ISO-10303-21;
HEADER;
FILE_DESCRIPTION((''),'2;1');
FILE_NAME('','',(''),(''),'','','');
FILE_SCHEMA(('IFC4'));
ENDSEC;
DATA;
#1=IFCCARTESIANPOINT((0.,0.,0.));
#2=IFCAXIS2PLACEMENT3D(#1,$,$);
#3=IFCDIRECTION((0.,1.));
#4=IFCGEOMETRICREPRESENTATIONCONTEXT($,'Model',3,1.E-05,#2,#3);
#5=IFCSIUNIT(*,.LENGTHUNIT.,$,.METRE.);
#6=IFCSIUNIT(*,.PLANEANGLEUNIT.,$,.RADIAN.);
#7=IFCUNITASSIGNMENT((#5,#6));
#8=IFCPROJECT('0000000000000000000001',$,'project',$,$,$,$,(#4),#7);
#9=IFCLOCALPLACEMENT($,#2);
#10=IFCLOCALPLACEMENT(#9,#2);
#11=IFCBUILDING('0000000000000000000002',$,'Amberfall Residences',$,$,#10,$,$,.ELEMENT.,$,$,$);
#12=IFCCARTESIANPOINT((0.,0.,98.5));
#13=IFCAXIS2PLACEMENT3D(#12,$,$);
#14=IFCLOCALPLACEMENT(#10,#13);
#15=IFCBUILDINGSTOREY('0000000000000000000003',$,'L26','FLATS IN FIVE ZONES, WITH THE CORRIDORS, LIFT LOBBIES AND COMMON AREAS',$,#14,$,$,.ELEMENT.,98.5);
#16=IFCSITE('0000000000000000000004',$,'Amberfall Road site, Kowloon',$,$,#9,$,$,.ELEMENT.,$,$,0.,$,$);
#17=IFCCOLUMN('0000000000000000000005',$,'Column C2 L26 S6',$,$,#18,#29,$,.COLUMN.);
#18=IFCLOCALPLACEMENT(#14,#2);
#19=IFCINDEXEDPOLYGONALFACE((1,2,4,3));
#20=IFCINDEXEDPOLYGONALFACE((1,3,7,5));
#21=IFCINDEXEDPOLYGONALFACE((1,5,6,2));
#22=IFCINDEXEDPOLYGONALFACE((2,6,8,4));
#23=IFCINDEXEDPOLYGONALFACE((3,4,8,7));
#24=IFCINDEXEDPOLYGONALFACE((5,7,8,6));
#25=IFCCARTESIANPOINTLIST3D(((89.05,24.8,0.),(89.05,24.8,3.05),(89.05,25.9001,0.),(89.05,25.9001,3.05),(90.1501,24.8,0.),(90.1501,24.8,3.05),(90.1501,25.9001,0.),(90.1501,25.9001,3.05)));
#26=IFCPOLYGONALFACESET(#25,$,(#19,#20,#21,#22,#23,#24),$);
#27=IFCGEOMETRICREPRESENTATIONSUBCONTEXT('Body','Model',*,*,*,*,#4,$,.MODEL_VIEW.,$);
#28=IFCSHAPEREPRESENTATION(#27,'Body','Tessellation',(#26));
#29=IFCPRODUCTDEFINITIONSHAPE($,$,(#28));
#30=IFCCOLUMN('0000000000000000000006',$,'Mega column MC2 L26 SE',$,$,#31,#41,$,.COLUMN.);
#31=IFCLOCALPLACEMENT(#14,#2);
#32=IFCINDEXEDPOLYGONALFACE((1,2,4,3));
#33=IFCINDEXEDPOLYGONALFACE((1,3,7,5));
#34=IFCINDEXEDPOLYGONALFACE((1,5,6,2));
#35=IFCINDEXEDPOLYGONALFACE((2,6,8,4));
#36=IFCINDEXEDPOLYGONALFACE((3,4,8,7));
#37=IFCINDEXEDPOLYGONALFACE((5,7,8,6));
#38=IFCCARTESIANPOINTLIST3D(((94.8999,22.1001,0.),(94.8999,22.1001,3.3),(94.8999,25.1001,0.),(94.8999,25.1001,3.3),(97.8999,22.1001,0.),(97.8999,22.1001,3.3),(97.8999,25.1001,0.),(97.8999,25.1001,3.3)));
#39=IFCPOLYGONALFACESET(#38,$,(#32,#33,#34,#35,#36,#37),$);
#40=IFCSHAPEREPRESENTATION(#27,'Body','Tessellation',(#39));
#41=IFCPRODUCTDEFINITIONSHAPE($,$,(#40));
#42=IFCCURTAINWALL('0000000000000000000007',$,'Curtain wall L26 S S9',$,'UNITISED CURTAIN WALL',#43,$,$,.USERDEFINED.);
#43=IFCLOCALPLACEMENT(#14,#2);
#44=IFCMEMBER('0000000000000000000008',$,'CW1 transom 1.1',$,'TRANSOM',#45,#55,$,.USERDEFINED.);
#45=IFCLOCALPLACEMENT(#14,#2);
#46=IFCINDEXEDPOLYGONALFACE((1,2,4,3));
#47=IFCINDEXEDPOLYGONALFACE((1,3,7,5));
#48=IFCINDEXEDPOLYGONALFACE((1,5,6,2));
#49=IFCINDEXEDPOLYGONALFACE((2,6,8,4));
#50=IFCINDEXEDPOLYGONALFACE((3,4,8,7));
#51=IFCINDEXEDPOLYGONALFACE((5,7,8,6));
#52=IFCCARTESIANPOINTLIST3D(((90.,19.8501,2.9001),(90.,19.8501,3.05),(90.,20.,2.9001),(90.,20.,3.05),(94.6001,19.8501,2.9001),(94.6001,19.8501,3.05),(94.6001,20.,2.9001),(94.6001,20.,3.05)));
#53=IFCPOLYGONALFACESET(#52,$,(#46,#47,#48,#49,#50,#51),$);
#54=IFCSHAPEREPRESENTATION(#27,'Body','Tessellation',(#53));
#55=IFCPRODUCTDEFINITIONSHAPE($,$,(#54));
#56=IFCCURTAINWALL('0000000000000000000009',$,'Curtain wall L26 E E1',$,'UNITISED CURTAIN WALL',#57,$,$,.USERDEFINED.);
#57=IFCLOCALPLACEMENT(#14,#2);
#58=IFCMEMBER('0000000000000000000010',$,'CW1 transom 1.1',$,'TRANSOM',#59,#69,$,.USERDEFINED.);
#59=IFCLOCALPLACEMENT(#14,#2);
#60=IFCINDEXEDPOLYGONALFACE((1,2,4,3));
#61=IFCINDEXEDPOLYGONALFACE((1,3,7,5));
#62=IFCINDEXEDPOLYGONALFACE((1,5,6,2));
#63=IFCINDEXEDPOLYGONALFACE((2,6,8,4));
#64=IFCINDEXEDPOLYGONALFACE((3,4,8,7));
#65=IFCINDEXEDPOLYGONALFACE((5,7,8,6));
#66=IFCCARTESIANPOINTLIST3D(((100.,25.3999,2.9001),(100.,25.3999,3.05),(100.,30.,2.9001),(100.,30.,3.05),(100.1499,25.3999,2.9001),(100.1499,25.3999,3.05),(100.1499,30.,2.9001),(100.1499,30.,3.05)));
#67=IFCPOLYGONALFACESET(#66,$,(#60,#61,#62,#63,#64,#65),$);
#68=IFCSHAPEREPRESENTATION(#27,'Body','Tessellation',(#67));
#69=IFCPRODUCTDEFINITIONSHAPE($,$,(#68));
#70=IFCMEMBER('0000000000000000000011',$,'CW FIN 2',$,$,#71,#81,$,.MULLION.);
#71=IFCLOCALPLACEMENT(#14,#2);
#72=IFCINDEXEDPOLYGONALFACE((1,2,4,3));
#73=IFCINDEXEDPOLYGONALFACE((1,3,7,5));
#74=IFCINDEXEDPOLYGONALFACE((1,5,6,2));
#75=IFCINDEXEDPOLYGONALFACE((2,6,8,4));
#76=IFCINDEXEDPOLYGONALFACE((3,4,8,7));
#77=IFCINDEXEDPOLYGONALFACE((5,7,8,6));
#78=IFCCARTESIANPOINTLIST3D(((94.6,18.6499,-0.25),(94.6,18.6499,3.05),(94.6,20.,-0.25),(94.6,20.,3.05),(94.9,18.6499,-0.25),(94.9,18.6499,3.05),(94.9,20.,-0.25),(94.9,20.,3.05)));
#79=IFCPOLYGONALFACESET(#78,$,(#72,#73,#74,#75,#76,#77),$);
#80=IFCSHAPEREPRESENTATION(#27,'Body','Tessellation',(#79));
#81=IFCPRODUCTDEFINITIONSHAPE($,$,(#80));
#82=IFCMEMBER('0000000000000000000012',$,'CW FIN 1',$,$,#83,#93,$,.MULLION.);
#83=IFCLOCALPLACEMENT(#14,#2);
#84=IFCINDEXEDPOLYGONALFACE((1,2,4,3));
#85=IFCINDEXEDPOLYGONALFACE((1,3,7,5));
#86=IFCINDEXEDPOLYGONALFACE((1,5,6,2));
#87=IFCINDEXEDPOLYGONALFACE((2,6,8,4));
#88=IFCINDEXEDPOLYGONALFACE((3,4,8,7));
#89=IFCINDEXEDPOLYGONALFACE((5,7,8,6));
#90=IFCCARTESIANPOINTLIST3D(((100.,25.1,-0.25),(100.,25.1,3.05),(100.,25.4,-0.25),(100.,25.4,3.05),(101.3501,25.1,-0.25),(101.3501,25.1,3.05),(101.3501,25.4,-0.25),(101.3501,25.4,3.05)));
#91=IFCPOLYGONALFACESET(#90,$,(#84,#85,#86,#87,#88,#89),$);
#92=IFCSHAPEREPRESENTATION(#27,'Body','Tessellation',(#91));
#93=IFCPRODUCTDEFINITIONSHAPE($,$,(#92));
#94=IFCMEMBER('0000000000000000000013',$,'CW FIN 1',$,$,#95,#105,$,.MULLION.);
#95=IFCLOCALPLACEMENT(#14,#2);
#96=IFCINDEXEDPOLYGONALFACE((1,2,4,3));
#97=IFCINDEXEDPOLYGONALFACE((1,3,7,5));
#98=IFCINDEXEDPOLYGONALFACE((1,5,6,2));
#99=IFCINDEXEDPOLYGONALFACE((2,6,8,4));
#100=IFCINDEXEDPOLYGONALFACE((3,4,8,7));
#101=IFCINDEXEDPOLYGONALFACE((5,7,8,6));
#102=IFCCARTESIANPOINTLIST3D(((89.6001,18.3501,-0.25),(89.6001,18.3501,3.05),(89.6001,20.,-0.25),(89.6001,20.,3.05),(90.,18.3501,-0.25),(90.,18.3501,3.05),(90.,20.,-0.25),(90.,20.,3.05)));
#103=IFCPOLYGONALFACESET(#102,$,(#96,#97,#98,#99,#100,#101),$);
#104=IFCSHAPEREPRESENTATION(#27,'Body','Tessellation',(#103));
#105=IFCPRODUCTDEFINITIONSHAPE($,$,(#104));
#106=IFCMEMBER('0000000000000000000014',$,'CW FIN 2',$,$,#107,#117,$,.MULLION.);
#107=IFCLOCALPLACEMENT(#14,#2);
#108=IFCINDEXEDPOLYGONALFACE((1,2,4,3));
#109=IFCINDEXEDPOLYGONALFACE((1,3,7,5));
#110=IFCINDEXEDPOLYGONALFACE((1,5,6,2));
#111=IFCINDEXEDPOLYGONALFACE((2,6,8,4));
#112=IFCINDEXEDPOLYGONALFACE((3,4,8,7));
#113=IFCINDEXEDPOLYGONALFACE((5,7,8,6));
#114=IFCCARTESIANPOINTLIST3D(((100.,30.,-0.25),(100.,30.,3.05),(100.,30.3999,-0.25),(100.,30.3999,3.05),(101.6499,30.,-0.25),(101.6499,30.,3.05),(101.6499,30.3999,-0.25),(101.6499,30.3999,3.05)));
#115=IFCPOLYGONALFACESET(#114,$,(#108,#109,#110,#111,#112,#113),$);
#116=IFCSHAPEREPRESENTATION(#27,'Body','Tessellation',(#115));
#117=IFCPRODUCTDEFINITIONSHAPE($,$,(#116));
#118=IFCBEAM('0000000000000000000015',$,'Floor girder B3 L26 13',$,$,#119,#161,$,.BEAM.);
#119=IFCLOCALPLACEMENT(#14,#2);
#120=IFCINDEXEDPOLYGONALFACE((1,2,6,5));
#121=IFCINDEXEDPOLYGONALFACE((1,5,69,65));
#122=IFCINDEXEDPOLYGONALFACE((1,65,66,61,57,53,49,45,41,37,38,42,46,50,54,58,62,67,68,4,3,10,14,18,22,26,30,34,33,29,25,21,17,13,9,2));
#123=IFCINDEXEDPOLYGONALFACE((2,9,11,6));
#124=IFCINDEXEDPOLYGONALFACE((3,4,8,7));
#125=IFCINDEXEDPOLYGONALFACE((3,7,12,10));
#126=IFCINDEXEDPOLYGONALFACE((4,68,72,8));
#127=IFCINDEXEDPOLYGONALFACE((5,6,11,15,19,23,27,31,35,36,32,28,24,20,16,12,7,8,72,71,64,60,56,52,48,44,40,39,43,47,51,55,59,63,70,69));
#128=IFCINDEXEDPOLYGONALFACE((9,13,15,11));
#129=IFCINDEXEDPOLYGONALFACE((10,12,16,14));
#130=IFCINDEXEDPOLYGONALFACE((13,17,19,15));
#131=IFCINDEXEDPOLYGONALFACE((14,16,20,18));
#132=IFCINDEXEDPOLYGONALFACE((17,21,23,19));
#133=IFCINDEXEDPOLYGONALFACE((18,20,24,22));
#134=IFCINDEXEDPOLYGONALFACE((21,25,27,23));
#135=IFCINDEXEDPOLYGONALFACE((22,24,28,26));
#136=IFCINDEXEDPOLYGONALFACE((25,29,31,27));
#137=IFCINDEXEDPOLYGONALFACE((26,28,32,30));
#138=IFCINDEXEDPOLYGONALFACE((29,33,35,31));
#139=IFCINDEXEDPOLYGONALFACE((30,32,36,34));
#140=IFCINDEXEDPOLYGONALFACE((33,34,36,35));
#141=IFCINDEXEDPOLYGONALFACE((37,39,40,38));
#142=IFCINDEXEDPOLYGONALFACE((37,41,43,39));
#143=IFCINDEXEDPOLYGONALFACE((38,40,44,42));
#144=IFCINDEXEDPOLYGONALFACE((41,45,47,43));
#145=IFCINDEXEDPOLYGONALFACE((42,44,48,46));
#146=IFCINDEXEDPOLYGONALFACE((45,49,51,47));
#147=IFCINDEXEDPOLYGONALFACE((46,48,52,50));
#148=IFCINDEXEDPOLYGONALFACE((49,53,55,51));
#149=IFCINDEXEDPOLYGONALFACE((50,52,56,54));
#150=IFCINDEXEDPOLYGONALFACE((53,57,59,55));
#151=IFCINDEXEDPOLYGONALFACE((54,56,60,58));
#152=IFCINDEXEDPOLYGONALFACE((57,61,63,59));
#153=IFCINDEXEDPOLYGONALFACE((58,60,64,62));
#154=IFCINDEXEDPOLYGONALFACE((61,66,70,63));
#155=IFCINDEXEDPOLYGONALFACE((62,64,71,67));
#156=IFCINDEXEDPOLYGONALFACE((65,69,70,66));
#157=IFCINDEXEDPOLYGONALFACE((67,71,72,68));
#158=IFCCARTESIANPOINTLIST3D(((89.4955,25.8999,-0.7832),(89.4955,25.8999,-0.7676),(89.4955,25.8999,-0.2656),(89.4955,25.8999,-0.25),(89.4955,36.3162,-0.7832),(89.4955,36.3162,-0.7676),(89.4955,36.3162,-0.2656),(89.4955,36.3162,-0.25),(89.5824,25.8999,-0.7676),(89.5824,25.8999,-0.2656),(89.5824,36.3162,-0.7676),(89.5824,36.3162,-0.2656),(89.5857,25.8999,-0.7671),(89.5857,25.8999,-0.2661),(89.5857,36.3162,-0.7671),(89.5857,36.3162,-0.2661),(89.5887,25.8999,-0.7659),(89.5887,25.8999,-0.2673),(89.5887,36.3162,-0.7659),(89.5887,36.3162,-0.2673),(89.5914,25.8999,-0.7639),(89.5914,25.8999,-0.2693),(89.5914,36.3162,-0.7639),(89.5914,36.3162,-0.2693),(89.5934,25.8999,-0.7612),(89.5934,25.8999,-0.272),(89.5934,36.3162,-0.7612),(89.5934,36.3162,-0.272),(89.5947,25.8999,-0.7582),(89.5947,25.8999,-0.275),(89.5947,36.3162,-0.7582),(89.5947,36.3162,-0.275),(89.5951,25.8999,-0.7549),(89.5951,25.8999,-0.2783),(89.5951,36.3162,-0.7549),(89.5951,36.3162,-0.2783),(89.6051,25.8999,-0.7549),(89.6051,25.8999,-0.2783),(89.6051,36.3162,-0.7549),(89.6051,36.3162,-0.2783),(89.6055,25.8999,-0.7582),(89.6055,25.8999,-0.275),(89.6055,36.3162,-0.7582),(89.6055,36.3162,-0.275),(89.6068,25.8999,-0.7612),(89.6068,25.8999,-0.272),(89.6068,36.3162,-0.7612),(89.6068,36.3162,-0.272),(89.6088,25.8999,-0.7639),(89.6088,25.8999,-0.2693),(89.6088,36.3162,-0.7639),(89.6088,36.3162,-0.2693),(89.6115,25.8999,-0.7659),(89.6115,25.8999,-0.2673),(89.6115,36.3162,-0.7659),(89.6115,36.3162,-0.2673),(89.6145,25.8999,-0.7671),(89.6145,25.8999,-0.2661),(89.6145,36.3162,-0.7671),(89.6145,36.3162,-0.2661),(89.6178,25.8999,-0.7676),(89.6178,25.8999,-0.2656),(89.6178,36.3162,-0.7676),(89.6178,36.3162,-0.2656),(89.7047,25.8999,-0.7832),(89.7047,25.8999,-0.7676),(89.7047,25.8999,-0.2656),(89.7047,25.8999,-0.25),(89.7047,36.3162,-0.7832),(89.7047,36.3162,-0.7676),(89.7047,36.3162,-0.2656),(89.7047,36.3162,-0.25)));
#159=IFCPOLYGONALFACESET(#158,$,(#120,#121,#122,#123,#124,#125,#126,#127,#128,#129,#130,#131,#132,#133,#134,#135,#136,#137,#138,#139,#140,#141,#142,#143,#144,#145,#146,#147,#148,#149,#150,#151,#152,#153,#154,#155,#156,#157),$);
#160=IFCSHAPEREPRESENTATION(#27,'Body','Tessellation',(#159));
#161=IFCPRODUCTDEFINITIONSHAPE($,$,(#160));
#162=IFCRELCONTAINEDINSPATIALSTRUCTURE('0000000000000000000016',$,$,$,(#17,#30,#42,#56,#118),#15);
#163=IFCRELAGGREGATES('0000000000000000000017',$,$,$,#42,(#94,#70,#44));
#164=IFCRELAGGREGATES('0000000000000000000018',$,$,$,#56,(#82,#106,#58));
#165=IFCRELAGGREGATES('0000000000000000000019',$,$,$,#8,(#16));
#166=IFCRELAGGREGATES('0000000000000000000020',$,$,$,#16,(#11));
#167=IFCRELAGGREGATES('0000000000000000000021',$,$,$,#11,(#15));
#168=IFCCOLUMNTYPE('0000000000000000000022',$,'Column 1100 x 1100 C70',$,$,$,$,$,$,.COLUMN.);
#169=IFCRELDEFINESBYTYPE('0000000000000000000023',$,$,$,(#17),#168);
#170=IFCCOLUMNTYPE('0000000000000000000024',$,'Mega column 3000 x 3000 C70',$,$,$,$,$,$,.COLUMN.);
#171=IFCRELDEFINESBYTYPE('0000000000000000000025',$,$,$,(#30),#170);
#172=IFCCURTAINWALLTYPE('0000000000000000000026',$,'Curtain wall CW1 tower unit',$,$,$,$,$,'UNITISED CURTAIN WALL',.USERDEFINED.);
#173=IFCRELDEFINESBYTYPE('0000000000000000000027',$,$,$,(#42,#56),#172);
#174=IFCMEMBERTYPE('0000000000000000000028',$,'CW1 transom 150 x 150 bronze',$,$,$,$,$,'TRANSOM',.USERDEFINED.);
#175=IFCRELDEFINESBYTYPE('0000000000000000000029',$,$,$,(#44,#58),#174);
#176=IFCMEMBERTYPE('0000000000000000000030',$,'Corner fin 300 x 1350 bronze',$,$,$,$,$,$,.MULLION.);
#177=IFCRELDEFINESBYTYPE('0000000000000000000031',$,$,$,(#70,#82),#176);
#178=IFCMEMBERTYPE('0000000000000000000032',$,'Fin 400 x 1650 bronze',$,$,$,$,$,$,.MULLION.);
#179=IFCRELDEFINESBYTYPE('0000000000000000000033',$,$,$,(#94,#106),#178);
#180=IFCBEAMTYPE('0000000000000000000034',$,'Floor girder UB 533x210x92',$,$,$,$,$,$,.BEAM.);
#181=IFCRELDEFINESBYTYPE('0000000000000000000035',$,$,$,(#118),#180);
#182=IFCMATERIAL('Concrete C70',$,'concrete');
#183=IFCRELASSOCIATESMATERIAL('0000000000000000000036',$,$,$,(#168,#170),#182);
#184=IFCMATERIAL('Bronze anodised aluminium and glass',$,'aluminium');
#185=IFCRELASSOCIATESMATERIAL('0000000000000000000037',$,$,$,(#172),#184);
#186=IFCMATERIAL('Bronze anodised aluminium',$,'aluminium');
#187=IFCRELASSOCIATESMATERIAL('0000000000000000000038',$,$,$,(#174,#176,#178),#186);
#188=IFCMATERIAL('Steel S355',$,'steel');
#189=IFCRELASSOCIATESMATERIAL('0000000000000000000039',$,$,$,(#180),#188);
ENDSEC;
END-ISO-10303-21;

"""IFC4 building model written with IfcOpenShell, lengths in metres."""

from ifc_helpers import new_model, si_unit, direction, frame, origin, origin_2d, place, context, subcontext, project, spatial, rectangle, i_section, extrude, material, material_profile, profile_set, type_object, element, aggregate, save


model = new_model("IFC4")

# Units and contexts
model_context = context("Model", 3, precision=1e-05, world=origin(), true_north=direction((0.0, 1.0)))
body_context = subcontext(model_context, "Body", "Model", "MODEL_VIEW")
ifc_project = project(units=[si_unit("LENGTHUNIT", "METRE"), si_unit("PLANEANGLEUNIT", "RADIAN")], contexts=[model_context])

# Site, building, storey
site_placement = place(None, origin())
site = spatial("IfcSite", under=ifc_project, at=site_placement, Name="Amberfall Road site, Kowloon", CompositionType="ELEMENT", RefElevation=0.0)
building_placement = place(site_placement, origin())
building = spatial("IfcBuilding", under=site, at=building_placement, Name="Amberfall Residences", CompositionType="ELEMENT")
storey_placement = place(building_placement, frame((0.0, 0.0, 98.5)))
storey = spatial("IfcBuildingStorey", under=building, at=storey_placement, Name="L26", Description="FLATS IN FIVE ZONES, WITH THE CORRIDORS, LIFT LOBBIES AND COMMON AREAS", CompositionType="ELEMENT", Elevation=98.5)

# Columns
ifc_material_1 = material(Name="Concrete C70", Category="concrete")
ifc_material_profile_1 = material_profile(ifc_material_1, rectangle(XDim=1.1001, YDim=1.1001, at=origin_2d()), Name="Column 1100 x 1100 C70")
ifc_profile_set_1 = profile_set([ifc_material_profile_1], Name="Concrete C70")
column_type_1 = type_object("IfcColumnType", Name="Column 1100 x 1100 C70", PredefinedType="COLUMN", material=ifc_profile_set_1)
column_1_placement = place(storey_placement, frame((89.6001, 25.3501, 0.0), z_axis=(0.0, 0.0, 1.0), x_axis=(1.0, 0.0, 0.0)))
element("IfcColumn", 1, at=column_1_placement, inside=storey, type_object=column_type_1, Name="Column C2 L26 S6", PredefinedType="COLUMN", context=body_context, shape_type="SweptSolid", body=[
    extrude(rectangle(XDim=1.1001, YDim=1.1001, at=origin_2d()), origin(), (0.0, 0.0, 1.0), 3.05),
])
ifc_material_profile_2 = material_profile(ifc_material_1, rectangle(XDim=3.0, YDim=3.0, at=origin_2d()), Name="Mega column 3000 x 3000 C70")
ifc_profile_set_2 = profile_set([ifc_material_profile_2], Name="Concrete C70")
column_type_2 = type_object("IfcColumnType", Name="Mega column 3000 x 3000 C70", PredefinedType="COLUMN", material=ifc_profile_set_2)
column_2_placement = place(storey_placement, frame((96.3999, 23.6001, 0.0), z_axis=(0.0, 0.0, 1.0), x_axis=(1.0, 0.0, 0.0)))
element("IfcColumn", 2, at=column_2_placement, inside=storey, type_object=column_type_2, Name="Mega column MC2 L26 SE", PredefinedType="COLUMN", context=body_context, shape_type="SweptSolid", body=[
    extrude(rectangle(XDim=3.0, YDim=3.0, at=origin_2d()), origin(), (0.0, 0.0, 1.0), 3.3),
])

# Curtain walls, members
ifc_material_2 = material(Name="Bronze anodised aluminium and glass", Category="aluminium")
curtain_wall_type = type_object("IfcCurtainWallType", Name="Curtain wall CW1 tower unit", ElementType="UNITISED CURTAIN WALL", PredefinedType="USERDEFINED", material=ifc_material_2)
curtain_wall_1_placement = place(storey_placement, origin())
curtain_wall_1 = element("IfcCurtainWall", 3, at=curtain_wall_1_placement, inside=storey, type_object=curtain_wall_type, Name="Curtain wall L26 S S9", ObjectType="UNITISED CURTAIN WALL", PredefinedType="USERDEFINED")
ifc_material_3 = material(Name="Bronze anodised aluminium", Category="aluminium")
ifc_material_profile_3 = material_profile(ifc_material_3, rectangle(XDim=0.1499, YDim=0.1499, at=origin_2d()), Name="CW1 transom 150 x 150 bronze")
ifc_profile_set_3 = profile_set([ifc_material_profile_3], Name="Bronze anodised aluminium")
member_type_1 = type_object("IfcMemberType", Name="CW1 transom 150 x 150 bronze", ElementType="TRANSOM", PredefinedType="USERDEFINED", material=ifc_profile_set_3)
member_1_placement = place(storey_placement, frame((90.0, 19.925, 2.9751), z_axis=(1.0, 0.0, 0.0), x_axis=(0.0, 1.0, 0.0)))
member_1 = element("IfcMember", 4, at=member_1_placement, type_object=member_type_1, Name="CW1 transom 1.1", ObjectType="TRANSOM", PredefinedType="USERDEFINED", context=body_context, shape_type="SweptSolid", body=[
    extrude(rectangle(XDim=0.1499, YDim=0.1499, at=origin_2d()), origin(), (0.0, 0.0, 1.0), 4.6001),
])
curtain_wall_2_placement = place(storey_placement, origin())
curtain_wall_2 = element("IfcCurtainWall", 5, at=curtain_wall_2_placement, inside=storey, type_object=curtain_wall_type, Name="Curtain wall L26 E E1", ObjectType="UNITISED CURTAIN WALL", PredefinedType="USERDEFINED")
member_2_placement = place(storey_placement, frame((100.075, 25.3999, 2.9751), z_axis=(0.0, 1.0, 0.0), x_axis=(-1.0, 0.0, 0.0)))
member_2 = element("IfcMember", 6, at=member_2_placement, type_object=member_type_1, Name="CW1 transom 1.1", ObjectType="TRANSOM", PredefinedType="USERDEFINED", context=body_context, shape_type="SweptSolid", body=[
    extrude(rectangle(XDim=0.1499, YDim=0.1499, at=origin_2d()), origin(), (0.0, 0.0, 1.0), 4.6001),
])

# Members
ifc_material_profile_4 = material_profile(ifc_material_3, rectangle(XDim=1.3501, YDim=0.3, at=origin_2d()), Name="Corner fin 300 x 1350 bronze")
ifc_profile_set_4 = profile_set([ifc_material_profile_4], Name="Bronze anodised aluminium")
member_type_2 = type_object("IfcMemberType", Name="Corner fin 300 x 1350 bronze", PredefinedType="MULLION", material=ifc_profile_set_4)
member_3_placement = place(storey_placement, frame((94.75, 19.325, -0.25), z_axis=(0.0, 0.0, 1.0), x_axis=(0.0, 1.0, 0.0)))
member_3 = element("IfcMember", 7, at=member_3_placement, type_object=member_type_2, Name="CW FIN 2", PredefinedType="MULLION", context=body_context, shape_type="SweptSolid", body=[
    extrude(rectangle(XDim=1.3501, YDim=0.3, at=origin_2d()), origin(), (0.0, 0.0, 1.0), 3.3),
])
member_4_placement = place(storey_placement, frame((100.675, 25.25, -0.25), z_axis=(0.0, 0.0, 1.0), x_axis=(-1.0, 0.0, 0.0)))
member_4 = element("IfcMember", 8, at=member_4_placement, type_object=member_type_2, Name="CW FIN 1", PredefinedType="MULLION", context=body_context, shape_type="SweptSolid", body=[
    extrude(rectangle(XDim=1.3501, YDim=0.3, at=origin_2d()), origin(), (0.0, 0.0, 1.0), 3.3),
])
ifc_material_profile_5 = material_profile(ifc_material_3, rectangle(XDim=1.6499, YDim=0.3999, at=origin_2d()), Name="Fin 400 x 1650 bronze")
ifc_profile_set_5 = profile_set([ifc_material_profile_5], Name="Bronze anodised aluminium")
member_type_3 = type_object("IfcMemberType", Name="Fin 400 x 1650 bronze", PredefinedType="MULLION", material=ifc_profile_set_5)
member_5_placement = place(storey_placement, frame((89.8, 19.175, -0.25), z_axis=(0.0, 0.0, 1.0), x_axis=(0.0, 1.0, 0.0)))
member_5 = element("IfcMember", 9, at=member_5_placement, type_object=member_type_3, Name="CW FIN 1", PredefinedType="MULLION", context=body_context, shape_type="SweptSolid", body=[
    extrude(rectangle(XDim=1.6499, YDim=0.3999, at=origin_2d()), origin(), (0.0, 0.0, 1.0), 3.3),
])
member_6_placement = place(storey_placement, frame((100.825, 30.2, -0.25), z_axis=(0.0, 0.0, 1.0), x_axis=(-1.0, 0.0, 0.0)))
member_6 = element("IfcMember", 10, at=member_6_placement, type_object=member_type_3, Name="CW FIN 2", PredefinedType="MULLION", context=body_context, shape_type="SweptSolid", body=[
    extrude(rectangle(XDim=1.6499, YDim=0.3999, at=origin_2d()), origin(), (0.0, 0.0, 1.0), 3.3),
])

# Beam
ifc_material_4 = material(Name="Steel S355", Category="steel")
ifc_material_profile_6 = material_profile(ifc_material_4, i_section(OverallWidth=0.2092, OverallDepth=0.5332, WebThickness=0.01, FlangeThickness=0.0156, FilletRadius=0.0127, at=origin_2d()), Name="UB 533x210x92")
ifc_profile_set_6 = profile_set([ifc_material_profile_6], Name="Steel S355")
beam_type_1 = type_object("IfcBeamType", Name="Floor girder UB 533x210x92", PredefinedType="BEAM", material=ifc_profile_set_6)
beam_1_placement = place(storey_placement, frame((89.6001, 25.8999, -0.5166), z_axis=(0.0, 1.0, 0.0), x_axis=(-1.0, 0.0, 0.0)))
element("IfcBeam", 11, at=beam_1_placement, inside=storey, type_object=beam_type_1, Name="Floor girder B3 L26 13", PredefinedType="BEAM", context=body_context, shape_type="SweptSolid", body=[
    extrude(i_section(OverallWidth=0.2092, OverallDepth=0.5332, WebThickness=0.01, FlangeThickness=0.0156, FilletRadius=0.0127, at=origin_2d()), origin(), (0.0, 0.0, 1.0), 10.4163),
])

aggregate(curtain_wall_1, [member_5, member_3, member_1])
aggregate(curtain_wall_2, [member_4, member_6, member_2])

save(model, "model.ifc")
